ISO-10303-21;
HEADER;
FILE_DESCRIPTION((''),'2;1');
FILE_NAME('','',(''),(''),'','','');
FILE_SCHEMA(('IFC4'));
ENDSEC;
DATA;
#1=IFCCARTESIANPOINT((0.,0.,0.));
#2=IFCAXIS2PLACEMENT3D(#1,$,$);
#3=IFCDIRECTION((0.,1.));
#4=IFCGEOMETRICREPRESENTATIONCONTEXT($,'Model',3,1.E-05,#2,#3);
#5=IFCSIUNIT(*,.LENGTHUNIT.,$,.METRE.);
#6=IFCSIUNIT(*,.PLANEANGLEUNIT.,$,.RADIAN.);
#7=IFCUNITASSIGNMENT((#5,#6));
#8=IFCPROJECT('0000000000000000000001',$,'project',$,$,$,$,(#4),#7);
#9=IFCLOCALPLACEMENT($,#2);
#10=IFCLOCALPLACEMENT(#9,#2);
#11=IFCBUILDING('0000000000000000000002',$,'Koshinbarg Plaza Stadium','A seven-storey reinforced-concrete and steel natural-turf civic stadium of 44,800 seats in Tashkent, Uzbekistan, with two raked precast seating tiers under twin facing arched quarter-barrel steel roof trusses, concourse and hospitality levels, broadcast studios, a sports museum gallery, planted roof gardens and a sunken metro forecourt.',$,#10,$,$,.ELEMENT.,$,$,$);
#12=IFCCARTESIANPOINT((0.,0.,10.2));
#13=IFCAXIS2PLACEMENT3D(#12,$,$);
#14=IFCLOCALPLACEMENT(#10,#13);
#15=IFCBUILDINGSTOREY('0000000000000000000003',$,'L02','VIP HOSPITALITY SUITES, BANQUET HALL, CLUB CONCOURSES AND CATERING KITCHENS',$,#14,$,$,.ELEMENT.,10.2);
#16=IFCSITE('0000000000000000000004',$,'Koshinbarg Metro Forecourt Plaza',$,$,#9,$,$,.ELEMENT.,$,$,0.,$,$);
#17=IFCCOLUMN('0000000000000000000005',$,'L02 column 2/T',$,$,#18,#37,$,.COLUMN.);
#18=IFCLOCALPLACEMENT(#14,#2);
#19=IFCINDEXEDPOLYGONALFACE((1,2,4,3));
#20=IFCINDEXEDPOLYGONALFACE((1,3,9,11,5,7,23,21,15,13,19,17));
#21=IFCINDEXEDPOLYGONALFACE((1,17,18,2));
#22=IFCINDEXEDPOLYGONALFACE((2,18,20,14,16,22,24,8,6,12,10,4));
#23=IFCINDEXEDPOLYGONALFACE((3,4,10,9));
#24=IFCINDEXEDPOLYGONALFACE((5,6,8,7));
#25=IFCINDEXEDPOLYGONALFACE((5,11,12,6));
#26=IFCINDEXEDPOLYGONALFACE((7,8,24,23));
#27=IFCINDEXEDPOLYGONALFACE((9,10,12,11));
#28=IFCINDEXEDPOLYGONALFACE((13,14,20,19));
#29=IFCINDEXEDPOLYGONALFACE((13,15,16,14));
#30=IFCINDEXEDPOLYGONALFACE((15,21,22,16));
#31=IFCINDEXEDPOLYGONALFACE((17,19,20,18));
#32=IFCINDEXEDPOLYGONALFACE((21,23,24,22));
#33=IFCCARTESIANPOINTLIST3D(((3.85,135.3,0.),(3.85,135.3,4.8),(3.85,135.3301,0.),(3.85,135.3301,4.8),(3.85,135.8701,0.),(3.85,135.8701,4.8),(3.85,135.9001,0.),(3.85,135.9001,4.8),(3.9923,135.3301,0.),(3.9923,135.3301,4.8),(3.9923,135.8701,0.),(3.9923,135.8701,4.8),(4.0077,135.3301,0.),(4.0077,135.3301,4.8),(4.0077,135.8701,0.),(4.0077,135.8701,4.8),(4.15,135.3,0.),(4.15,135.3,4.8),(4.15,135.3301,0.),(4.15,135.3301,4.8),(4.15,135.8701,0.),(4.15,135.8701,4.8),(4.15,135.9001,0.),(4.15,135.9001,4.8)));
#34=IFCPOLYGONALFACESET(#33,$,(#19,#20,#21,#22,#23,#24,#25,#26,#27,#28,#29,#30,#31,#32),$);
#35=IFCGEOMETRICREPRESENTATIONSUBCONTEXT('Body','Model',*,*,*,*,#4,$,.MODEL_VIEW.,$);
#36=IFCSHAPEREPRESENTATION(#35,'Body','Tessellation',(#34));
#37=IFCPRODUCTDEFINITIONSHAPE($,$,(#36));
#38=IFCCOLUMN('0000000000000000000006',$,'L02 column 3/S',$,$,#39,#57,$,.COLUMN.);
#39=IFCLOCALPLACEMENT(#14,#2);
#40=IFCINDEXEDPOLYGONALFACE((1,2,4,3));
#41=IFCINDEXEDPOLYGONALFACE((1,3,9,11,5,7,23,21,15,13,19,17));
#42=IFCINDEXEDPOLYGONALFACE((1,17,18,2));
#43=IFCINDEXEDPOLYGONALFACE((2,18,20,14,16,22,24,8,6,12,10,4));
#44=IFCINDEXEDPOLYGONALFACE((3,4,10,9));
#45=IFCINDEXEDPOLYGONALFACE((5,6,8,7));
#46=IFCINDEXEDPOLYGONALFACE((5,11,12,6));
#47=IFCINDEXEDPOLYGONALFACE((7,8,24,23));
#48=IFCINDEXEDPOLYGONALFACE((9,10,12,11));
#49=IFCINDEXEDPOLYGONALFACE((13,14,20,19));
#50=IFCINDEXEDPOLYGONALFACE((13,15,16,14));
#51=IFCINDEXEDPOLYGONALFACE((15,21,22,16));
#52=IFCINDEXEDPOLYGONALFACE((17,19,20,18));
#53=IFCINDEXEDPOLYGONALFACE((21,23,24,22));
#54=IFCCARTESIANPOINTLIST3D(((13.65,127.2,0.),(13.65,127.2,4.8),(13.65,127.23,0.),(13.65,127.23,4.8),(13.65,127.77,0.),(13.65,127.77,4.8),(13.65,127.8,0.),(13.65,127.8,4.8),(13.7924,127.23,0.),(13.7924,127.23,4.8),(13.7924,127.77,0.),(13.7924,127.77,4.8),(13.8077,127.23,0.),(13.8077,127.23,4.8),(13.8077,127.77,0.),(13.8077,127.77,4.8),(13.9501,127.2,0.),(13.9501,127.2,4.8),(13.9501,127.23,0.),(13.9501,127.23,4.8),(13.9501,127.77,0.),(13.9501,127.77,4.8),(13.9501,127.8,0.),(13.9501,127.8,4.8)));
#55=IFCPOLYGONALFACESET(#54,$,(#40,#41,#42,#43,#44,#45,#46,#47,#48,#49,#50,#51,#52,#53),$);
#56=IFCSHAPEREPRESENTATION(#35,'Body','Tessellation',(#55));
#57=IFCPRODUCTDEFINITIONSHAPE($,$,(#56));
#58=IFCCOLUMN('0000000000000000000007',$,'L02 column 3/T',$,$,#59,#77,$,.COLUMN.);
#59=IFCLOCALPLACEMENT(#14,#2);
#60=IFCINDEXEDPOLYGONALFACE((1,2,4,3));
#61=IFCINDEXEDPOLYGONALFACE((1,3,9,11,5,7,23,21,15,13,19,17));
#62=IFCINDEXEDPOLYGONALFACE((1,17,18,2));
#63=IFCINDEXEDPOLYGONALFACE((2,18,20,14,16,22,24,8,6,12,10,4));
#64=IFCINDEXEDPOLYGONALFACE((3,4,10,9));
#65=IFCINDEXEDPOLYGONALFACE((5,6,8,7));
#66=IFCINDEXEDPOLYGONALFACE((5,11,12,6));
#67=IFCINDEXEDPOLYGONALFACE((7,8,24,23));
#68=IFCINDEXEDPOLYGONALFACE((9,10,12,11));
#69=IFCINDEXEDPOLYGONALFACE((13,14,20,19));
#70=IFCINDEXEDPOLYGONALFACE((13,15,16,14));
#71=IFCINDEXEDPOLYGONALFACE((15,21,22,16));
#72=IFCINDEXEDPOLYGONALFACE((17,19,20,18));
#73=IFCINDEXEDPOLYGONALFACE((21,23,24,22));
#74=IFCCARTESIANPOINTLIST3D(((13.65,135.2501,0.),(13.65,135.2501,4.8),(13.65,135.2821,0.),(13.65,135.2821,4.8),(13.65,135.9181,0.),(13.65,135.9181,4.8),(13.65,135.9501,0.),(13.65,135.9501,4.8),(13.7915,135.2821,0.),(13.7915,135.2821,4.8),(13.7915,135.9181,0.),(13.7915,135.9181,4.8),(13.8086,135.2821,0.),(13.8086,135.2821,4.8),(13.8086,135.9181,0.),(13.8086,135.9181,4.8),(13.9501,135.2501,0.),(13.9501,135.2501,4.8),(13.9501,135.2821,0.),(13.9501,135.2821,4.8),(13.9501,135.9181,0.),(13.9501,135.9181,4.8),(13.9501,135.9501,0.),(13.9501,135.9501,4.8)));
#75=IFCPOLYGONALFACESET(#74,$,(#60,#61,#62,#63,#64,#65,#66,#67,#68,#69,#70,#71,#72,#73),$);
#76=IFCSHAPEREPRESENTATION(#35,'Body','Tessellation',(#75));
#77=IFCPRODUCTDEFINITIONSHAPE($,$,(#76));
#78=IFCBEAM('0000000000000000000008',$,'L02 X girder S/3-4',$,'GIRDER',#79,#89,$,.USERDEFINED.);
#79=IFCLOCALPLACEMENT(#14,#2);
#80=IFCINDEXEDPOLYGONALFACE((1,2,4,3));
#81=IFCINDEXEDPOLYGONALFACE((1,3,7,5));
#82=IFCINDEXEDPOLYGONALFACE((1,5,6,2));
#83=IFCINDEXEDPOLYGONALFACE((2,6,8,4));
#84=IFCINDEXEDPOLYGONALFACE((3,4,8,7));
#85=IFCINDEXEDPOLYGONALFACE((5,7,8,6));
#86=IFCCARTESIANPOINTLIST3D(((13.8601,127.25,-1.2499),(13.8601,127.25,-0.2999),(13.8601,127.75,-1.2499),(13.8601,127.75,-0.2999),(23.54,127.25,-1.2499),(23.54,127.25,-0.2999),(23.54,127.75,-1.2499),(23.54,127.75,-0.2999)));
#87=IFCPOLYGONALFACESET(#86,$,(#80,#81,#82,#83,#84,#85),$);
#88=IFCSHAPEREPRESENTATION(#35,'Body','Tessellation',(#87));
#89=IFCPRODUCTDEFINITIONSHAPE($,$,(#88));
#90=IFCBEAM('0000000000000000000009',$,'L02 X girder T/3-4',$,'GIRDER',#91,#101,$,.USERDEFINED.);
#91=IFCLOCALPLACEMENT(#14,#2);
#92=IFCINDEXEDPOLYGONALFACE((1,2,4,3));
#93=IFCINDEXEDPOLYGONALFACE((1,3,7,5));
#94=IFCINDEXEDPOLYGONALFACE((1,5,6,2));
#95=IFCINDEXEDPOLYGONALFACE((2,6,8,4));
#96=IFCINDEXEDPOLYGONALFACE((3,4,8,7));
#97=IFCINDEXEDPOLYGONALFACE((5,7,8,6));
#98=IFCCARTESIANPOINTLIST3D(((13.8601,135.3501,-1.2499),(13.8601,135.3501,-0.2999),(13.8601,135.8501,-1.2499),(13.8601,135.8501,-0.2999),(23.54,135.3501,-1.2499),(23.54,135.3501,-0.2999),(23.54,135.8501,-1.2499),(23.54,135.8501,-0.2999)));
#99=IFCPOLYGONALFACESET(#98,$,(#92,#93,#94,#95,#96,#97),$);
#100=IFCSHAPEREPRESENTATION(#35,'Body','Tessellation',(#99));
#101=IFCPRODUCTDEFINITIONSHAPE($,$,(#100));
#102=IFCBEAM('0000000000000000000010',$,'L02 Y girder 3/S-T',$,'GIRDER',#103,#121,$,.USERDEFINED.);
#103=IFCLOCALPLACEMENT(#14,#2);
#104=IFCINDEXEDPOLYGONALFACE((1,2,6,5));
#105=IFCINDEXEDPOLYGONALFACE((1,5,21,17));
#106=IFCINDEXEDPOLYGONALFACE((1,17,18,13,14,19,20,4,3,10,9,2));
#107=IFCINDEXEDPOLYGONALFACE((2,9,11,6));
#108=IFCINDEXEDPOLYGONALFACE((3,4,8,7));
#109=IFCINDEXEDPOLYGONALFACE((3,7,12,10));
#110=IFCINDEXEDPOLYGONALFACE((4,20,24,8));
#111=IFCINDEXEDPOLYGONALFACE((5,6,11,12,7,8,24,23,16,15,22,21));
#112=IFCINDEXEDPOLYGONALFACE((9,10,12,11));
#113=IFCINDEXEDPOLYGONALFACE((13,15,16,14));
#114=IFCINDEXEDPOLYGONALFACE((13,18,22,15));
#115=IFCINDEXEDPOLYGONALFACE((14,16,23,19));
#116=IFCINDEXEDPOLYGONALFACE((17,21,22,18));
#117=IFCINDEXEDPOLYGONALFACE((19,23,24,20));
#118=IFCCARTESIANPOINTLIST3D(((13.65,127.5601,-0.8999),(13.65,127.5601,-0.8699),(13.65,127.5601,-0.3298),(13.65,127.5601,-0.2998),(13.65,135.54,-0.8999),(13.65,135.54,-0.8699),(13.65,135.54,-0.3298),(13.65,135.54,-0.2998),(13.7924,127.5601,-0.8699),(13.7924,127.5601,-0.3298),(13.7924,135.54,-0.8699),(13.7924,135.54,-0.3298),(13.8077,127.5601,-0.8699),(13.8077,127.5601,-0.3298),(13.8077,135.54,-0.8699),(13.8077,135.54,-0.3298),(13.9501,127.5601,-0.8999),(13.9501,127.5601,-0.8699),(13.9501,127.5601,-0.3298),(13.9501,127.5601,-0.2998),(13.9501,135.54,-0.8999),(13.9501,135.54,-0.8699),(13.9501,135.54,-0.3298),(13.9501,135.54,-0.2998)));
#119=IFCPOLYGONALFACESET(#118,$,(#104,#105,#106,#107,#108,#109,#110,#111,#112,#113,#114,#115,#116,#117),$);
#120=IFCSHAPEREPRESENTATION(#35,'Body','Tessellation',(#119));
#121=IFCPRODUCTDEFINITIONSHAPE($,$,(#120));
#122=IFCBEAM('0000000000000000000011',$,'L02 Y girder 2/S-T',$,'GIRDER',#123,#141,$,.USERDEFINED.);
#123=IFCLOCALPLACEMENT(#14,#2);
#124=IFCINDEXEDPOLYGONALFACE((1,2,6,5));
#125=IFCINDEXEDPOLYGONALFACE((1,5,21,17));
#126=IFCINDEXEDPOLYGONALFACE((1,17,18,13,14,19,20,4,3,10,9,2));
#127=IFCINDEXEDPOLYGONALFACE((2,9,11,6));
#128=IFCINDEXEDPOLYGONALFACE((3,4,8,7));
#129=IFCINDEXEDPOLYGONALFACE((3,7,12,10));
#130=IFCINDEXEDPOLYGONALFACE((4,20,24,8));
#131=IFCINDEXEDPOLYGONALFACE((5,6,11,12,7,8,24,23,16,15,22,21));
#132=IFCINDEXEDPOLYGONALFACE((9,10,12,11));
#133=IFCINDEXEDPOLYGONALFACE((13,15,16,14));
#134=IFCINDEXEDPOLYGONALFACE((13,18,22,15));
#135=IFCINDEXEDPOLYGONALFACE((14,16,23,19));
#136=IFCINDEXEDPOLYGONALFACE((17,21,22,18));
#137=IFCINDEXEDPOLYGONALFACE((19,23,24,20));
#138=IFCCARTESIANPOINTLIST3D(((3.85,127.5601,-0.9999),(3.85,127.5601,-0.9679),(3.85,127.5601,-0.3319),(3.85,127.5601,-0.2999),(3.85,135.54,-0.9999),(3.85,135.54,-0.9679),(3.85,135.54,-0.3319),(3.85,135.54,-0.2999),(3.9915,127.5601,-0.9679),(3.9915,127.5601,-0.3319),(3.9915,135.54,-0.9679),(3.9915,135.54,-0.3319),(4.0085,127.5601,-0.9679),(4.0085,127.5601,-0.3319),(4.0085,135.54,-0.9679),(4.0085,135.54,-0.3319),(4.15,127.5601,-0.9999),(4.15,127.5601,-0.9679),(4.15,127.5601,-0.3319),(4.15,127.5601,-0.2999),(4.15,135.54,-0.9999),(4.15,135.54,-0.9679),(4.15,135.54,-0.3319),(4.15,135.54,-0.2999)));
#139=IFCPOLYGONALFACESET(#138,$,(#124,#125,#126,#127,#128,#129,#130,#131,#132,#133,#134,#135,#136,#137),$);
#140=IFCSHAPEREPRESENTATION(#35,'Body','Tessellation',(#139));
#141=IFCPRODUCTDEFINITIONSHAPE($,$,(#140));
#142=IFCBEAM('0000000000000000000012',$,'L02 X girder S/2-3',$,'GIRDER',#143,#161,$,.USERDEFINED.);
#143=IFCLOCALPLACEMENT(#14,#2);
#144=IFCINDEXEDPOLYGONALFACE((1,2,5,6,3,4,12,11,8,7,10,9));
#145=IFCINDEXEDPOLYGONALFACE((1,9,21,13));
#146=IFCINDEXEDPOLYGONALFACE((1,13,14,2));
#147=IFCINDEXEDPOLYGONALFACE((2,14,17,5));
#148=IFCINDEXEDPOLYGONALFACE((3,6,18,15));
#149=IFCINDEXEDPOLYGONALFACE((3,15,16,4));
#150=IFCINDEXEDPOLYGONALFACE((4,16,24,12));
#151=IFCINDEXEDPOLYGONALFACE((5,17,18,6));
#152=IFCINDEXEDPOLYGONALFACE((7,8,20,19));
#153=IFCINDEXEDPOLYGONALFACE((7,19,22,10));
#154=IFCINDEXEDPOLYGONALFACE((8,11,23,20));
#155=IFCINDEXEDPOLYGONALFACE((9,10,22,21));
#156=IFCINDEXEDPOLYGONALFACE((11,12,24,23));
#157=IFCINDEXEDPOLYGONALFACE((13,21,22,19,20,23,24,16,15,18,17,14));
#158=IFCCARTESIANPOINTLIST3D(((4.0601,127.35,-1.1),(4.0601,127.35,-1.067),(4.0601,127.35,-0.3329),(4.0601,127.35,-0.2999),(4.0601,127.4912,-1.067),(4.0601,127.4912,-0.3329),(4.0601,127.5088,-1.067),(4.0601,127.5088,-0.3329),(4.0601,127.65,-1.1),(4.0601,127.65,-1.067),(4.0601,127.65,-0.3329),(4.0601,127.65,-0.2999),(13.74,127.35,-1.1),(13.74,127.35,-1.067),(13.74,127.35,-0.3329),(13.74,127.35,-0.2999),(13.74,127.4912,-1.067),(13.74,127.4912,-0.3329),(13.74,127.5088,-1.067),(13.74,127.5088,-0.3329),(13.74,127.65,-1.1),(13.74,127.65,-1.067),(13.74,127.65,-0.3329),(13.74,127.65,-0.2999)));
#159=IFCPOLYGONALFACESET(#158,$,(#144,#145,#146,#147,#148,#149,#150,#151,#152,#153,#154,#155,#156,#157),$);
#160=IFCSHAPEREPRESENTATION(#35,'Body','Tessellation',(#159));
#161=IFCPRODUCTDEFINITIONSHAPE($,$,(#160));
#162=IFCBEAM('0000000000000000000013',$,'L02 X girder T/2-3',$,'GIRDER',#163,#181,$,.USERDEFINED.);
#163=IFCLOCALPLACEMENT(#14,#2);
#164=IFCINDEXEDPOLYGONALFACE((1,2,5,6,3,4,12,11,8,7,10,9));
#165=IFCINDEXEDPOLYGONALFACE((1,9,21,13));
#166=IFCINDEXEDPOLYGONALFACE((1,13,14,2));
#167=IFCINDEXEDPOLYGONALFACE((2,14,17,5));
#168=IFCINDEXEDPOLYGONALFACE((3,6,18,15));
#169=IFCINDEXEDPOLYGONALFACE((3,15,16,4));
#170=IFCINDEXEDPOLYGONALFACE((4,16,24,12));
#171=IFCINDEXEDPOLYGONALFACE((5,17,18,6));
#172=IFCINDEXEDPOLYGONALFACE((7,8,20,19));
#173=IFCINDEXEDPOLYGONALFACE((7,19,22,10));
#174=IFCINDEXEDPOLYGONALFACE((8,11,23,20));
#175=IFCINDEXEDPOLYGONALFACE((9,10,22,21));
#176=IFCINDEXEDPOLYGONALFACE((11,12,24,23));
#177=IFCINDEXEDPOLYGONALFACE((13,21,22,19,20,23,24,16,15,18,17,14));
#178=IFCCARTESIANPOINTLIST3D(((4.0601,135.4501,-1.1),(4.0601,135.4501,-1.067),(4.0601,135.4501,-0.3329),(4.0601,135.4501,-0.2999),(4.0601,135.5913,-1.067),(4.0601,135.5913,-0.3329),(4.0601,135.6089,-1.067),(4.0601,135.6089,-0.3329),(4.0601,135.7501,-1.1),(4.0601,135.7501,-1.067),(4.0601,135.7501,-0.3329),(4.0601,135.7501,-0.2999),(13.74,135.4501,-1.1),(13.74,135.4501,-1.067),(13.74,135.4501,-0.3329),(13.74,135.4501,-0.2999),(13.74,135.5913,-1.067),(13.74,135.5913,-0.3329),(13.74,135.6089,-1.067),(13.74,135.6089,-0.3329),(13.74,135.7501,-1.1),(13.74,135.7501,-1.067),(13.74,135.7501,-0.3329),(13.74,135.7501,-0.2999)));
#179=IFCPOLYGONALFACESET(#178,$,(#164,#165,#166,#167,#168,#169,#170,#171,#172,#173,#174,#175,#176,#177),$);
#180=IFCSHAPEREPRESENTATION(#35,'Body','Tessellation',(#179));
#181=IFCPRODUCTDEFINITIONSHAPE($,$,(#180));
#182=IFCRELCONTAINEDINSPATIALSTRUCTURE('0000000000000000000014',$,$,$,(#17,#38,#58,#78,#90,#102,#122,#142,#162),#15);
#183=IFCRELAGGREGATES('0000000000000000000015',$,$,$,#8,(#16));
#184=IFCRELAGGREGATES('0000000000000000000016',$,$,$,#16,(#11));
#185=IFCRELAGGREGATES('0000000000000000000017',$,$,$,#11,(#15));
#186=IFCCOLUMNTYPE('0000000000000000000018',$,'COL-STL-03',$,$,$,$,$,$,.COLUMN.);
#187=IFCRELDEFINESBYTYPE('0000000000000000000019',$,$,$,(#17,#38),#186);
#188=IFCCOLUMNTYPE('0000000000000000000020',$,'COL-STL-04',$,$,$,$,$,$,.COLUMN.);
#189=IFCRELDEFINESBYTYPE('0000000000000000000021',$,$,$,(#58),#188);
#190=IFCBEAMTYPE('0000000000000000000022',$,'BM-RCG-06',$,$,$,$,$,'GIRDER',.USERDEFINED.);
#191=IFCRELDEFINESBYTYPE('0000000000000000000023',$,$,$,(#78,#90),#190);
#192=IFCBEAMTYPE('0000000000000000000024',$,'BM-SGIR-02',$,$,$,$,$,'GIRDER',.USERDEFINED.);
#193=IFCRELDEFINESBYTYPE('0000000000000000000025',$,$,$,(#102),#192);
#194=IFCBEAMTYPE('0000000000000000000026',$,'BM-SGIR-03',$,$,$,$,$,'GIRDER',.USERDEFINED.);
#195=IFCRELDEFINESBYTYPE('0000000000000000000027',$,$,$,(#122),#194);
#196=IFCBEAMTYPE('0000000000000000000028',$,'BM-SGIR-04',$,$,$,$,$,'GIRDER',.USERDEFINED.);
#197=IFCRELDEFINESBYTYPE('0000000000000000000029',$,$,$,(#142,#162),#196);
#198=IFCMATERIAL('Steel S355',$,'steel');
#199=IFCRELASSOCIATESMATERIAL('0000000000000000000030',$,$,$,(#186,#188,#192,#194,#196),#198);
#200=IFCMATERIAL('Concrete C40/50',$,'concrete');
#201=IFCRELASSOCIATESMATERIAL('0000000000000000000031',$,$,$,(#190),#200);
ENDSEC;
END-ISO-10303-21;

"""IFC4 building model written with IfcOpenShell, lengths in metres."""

from ifc_helpers import new_model, si_unit, direction, frame, origin, origin_2d, place, context, subcontext, project, spatial, rectangle, i_section, extrude, material, material_profile, profile_set, type_object, element, save


model = new_model("IFC4")

# Units and contexts
model_context = context("Model", 3, precision=1e-05, world=origin(), true_north=direction((0.0, 1.0)))
body_context = subcontext(model_context, "Body", "Model", "MODEL_VIEW")
ifc_project = project(units=[si_unit("LENGTHUNIT", "METRE"), si_unit("PLANEANGLEUNIT", "RADIAN")], contexts=[model_context])

# Site, building, storey
site_placement = place(None, origin())
site = spatial("IfcSite", under=ifc_project, at=site_placement, Name="Koshinbarg Metro Forecourt Plaza", CompositionType="ELEMENT", RefElevation=0.0)
building_placement = place(site_placement, origin())
building = spatial("IfcBuilding", under=site, at=building_placement, Name="Koshinbarg Plaza Stadium", Description="A seven-storey reinforced-concrete and steel natural-turf civic stadium of 44,800 seats in Tashkent, Uzbekistan, with two raked precast seating tiers under twin facing arched quarter-barrel steel roof trusses, concourse and hospitality levels, broadcast studios, a sports museum gallery, planted roof gardens and a sunken metro forecourt.", CompositionType="ELEMENT")
storey_placement = place(building_placement, frame((0.0, 0.0, 10.2)))
storey = spatial("IfcBuildingStorey", under=building, at=storey_placement, Name="L02", Description="VIP HOSPITALITY SUITES, BANQUET HALL, CLUB CONCOURSES AND CATERING KITCHENS", CompositionType="ELEMENT", Elevation=10.2)

# Columns
ifc_material_1 = material(Name="Steel S355", Category="steel")
ifc_material_profile_1 = material_profile(ifc_material_1, i_section(OverallWidth=0.3, OverallDepth=0.6001, WebThickness=0.0154, FlangeThickness=0.03, at=origin_2d()), Name="HEB 600")
ifc_profile_set_1 = profile_set([ifc_material_profile_1], Name="Steel S355")
column_type_1 = type_object("IfcColumnType", Name="COL-STL-03", PredefinedType="COLUMN", material=ifc_profile_set_1)
for number, where, z_axis, x_axis, name in (
    (1, (4.0, 135.6001, 0.0), (0.0, 0.0, 1.0), (1.0, 0.0, 0.0), "L02 column 2/T"),
    (2, (13.8, 127.5, 0.0), (0.0, 0.0, 1.0), (1.0, 0.0, 0.0), "L02 column 3/S"),
):
    element("IfcColumn", number, at=place(storey_placement, frame(where, z_axis=z_axis, x_axis=x_axis)), inside=storey, type_object=column_type_1, Name=name, PredefinedType="COLUMN", context=body_context, shape_type="SweptSolid", body=[
        extrude(i_section(OverallWidth=0.3, OverallDepth=0.6001, WebThickness=0.0154, FlangeThickness=0.03, at=origin_2d()), origin(), (0.0, 0.0, 1.0), 4.8),
    ])
ifc_material_profile_2 = material_profile(ifc_material_1, i_section(OverallWidth=0.3, OverallDepth=0.7, WebThickness=0.0171, FlangeThickness=0.032, at=origin_2d()), Name="HEB 700")
ifc_profile_set_2 = profile_set([ifc_material_profile_2], Name="Steel S355")
column_type_2 = type_object("IfcColumnType", Name="COL-STL-04", PredefinedType="COLUMN", material=ifc_profile_set_2)
column_placement = place(storey_placement, frame((13.8, 135.6001, 0.0), z_axis=(0.0, 0.0, 1.0), x_axis=(1.0, 0.0, 0.0)))
element("IfcColumn", 3, at=column_placement, inside=storey, type_object=column_type_2, Name="L02 column 3/T", PredefinedType="COLUMN", context=body_context, shape_type="SweptSolid", body=[
    extrude(i_section(OverallWidth=0.3, OverallDepth=0.7, WebThickness=0.0171, FlangeThickness=0.032, at=origin_2d()), origin(), (0.0, 0.0, 1.0), 4.8),
])

# Beams
ifc_material_2 = material(Name="Concrete C40/50", Category="concrete")
ifc_material_profile_3 = material_profile(ifc_material_2, rectangle(XDim=0.5, YDim=0.95, at=origin_2d()), Name="RC 500x950")
ifc_profile_set_3 = profile_set([ifc_material_profile_3], Name="Concrete C40/50")
beam_type_1 = type_object("IfcBeamType", Name="BM-RCG-06", ElementType="GIRDER", PredefinedType="USERDEFINED", material=ifc_profile_set_3)
for number, where, z_axis, x_axis, name in (
    (4, (13.8601, 127.5, -0.7749), (1.0, 0.0, 0.0), (0.0, 1.0, 0.0), "L02 X girder S/3-4"),
    (5, (13.8601, 135.6001, -0.7749), (1.0, 0.0, 0.0), (0.0, 1.0, 0.0), "L02 X girder T/3-4"),
):
    element("IfcBeam", number, at=place(storey_placement, frame(where, z_axis=z_axis, x_axis=x_axis)), inside=storey, type_object=beam_type_1, Name=name, ObjectType="GIRDER", PredefinedType="USERDEFINED", context=body_context, shape_type="SweptSolid", body=[
        extrude(rectangle(XDim=0.5, YDim=0.95, at=origin_2d()), origin(), (0.0, 0.0, 1.0), 9.6799),
    ])
ifc_material_profile_4 = material_profile(ifc_material_1, i_section(OverallWidth=0.3, OverallDepth=0.6001, WebThickness=0.0154, FlangeThickness=0.03, at=origin_2d()), Name="HEB 600")
ifc_profile_set_4 = profile_set([ifc_material_profile_4], Name="Steel S355")
beam_type_2 = type_object("IfcBeamType", Name="BM-SGIR-02", ElementType="GIRDER", PredefinedType="USERDEFINED", material=ifc_profile_set_4)
beam_1_placement = place(storey_placement, frame((13.8, 127.5601, -0.5999), z_axis=(0.0, 1.0, 0.0), x_axis=(-1.0, 0.0, 0.0)))
element("IfcBeam", 6, at=beam_1_placement, inside=storey, type_object=beam_type_2, Name="L02 Y girder 3/S-T", ObjectType="GIRDER", PredefinedType="USERDEFINED", context=body_context, shape_type="SweptSolid", body=[
    extrude(i_section(OverallWidth=0.3, OverallDepth=0.6001, WebThickness=0.0154, FlangeThickness=0.03, at=origin_2d()), origin(), (0.0, 0.0, 1.0), 7.98),
])
ifc_material_profile_5 = material_profile(ifc_material_1, i_section(OverallWidth=0.3, OverallDepth=0.7, WebThickness=0.0171, FlangeThickness=0.032, at=origin_2d()), Name="HEB 700")
ifc_profile_set_5 = profile_set([ifc_material_profile_5], Name="Steel S355")
beam_type_3 = type_object("IfcBeamType", Name="BM-SGIR-03", ElementType="GIRDER", PredefinedType="USERDEFINED", material=ifc_profile_set_5)
beam_2_placement = place(storey_placement, frame((4.0, 127.5601, -0.6499), z_axis=(0.0, 1.0, 0.0), x_axis=(-1.0, 0.0, 0.0)))
element("IfcBeam", 7, at=beam_2_placement, inside=storey, type_object=beam_type_3, Name="L02 Y girder 2/S-T", ObjectType="GIRDER", PredefinedType="USERDEFINED", context=body_context, shape_type="SweptSolid", body=[
    extrude(i_section(OverallWidth=0.3, OverallDepth=0.7, WebThickness=0.0171, FlangeThickness=0.032, at=origin_2d()), origin(), (0.0, 0.0, 1.0), 7.98),
])
ifc_material_profile_6 = material_profile(ifc_material_1, i_section(OverallWidth=0.3, OverallDepth=0.8, WebThickness=0.0176, FlangeThickness=0.033, at=origin_2d()), Name="HEB 800")
ifc_profile_set_6 = profile_set([ifc_material_profile_6], Name="Steel S355")
beam_type_4 = type_object("IfcBeamType", Name="BM-SGIR-04", ElementType="GIRDER", PredefinedType="USERDEFINED", material=ifc_profile_set_6)
for number, where, z_axis, x_axis, name in (
    (8, (4.0601, 127.5, -0.7), (1.0, 0.0, 0.0), (0.0, 1.0, 0.0), "L02 X girder S/2-3"),
    (9, (4.0601, 135.6001, -0.7), (1.0, 0.0, 0.0), (0.0, 1.0, 0.0), "L02 X girder T/2-3"),
):
    element("IfcBeam", number, at=place(storey_placement, frame(where, z_axis=z_axis, x_axis=x_axis)), inside=storey, type_object=beam_type_4, Name=name, ObjectType="GIRDER", PredefinedType="USERDEFINED", context=body_context, shape_type="SweptSolid", body=[
        extrude(i_section(OverallWidth=0.3, OverallDepth=0.8, WebThickness=0.0176, FlangeThickness=0.033, at=origin_2d()), origin(), (0.0, 0.0, 1.0), 9.6799),
    ])

save(model, "model.ifc")
